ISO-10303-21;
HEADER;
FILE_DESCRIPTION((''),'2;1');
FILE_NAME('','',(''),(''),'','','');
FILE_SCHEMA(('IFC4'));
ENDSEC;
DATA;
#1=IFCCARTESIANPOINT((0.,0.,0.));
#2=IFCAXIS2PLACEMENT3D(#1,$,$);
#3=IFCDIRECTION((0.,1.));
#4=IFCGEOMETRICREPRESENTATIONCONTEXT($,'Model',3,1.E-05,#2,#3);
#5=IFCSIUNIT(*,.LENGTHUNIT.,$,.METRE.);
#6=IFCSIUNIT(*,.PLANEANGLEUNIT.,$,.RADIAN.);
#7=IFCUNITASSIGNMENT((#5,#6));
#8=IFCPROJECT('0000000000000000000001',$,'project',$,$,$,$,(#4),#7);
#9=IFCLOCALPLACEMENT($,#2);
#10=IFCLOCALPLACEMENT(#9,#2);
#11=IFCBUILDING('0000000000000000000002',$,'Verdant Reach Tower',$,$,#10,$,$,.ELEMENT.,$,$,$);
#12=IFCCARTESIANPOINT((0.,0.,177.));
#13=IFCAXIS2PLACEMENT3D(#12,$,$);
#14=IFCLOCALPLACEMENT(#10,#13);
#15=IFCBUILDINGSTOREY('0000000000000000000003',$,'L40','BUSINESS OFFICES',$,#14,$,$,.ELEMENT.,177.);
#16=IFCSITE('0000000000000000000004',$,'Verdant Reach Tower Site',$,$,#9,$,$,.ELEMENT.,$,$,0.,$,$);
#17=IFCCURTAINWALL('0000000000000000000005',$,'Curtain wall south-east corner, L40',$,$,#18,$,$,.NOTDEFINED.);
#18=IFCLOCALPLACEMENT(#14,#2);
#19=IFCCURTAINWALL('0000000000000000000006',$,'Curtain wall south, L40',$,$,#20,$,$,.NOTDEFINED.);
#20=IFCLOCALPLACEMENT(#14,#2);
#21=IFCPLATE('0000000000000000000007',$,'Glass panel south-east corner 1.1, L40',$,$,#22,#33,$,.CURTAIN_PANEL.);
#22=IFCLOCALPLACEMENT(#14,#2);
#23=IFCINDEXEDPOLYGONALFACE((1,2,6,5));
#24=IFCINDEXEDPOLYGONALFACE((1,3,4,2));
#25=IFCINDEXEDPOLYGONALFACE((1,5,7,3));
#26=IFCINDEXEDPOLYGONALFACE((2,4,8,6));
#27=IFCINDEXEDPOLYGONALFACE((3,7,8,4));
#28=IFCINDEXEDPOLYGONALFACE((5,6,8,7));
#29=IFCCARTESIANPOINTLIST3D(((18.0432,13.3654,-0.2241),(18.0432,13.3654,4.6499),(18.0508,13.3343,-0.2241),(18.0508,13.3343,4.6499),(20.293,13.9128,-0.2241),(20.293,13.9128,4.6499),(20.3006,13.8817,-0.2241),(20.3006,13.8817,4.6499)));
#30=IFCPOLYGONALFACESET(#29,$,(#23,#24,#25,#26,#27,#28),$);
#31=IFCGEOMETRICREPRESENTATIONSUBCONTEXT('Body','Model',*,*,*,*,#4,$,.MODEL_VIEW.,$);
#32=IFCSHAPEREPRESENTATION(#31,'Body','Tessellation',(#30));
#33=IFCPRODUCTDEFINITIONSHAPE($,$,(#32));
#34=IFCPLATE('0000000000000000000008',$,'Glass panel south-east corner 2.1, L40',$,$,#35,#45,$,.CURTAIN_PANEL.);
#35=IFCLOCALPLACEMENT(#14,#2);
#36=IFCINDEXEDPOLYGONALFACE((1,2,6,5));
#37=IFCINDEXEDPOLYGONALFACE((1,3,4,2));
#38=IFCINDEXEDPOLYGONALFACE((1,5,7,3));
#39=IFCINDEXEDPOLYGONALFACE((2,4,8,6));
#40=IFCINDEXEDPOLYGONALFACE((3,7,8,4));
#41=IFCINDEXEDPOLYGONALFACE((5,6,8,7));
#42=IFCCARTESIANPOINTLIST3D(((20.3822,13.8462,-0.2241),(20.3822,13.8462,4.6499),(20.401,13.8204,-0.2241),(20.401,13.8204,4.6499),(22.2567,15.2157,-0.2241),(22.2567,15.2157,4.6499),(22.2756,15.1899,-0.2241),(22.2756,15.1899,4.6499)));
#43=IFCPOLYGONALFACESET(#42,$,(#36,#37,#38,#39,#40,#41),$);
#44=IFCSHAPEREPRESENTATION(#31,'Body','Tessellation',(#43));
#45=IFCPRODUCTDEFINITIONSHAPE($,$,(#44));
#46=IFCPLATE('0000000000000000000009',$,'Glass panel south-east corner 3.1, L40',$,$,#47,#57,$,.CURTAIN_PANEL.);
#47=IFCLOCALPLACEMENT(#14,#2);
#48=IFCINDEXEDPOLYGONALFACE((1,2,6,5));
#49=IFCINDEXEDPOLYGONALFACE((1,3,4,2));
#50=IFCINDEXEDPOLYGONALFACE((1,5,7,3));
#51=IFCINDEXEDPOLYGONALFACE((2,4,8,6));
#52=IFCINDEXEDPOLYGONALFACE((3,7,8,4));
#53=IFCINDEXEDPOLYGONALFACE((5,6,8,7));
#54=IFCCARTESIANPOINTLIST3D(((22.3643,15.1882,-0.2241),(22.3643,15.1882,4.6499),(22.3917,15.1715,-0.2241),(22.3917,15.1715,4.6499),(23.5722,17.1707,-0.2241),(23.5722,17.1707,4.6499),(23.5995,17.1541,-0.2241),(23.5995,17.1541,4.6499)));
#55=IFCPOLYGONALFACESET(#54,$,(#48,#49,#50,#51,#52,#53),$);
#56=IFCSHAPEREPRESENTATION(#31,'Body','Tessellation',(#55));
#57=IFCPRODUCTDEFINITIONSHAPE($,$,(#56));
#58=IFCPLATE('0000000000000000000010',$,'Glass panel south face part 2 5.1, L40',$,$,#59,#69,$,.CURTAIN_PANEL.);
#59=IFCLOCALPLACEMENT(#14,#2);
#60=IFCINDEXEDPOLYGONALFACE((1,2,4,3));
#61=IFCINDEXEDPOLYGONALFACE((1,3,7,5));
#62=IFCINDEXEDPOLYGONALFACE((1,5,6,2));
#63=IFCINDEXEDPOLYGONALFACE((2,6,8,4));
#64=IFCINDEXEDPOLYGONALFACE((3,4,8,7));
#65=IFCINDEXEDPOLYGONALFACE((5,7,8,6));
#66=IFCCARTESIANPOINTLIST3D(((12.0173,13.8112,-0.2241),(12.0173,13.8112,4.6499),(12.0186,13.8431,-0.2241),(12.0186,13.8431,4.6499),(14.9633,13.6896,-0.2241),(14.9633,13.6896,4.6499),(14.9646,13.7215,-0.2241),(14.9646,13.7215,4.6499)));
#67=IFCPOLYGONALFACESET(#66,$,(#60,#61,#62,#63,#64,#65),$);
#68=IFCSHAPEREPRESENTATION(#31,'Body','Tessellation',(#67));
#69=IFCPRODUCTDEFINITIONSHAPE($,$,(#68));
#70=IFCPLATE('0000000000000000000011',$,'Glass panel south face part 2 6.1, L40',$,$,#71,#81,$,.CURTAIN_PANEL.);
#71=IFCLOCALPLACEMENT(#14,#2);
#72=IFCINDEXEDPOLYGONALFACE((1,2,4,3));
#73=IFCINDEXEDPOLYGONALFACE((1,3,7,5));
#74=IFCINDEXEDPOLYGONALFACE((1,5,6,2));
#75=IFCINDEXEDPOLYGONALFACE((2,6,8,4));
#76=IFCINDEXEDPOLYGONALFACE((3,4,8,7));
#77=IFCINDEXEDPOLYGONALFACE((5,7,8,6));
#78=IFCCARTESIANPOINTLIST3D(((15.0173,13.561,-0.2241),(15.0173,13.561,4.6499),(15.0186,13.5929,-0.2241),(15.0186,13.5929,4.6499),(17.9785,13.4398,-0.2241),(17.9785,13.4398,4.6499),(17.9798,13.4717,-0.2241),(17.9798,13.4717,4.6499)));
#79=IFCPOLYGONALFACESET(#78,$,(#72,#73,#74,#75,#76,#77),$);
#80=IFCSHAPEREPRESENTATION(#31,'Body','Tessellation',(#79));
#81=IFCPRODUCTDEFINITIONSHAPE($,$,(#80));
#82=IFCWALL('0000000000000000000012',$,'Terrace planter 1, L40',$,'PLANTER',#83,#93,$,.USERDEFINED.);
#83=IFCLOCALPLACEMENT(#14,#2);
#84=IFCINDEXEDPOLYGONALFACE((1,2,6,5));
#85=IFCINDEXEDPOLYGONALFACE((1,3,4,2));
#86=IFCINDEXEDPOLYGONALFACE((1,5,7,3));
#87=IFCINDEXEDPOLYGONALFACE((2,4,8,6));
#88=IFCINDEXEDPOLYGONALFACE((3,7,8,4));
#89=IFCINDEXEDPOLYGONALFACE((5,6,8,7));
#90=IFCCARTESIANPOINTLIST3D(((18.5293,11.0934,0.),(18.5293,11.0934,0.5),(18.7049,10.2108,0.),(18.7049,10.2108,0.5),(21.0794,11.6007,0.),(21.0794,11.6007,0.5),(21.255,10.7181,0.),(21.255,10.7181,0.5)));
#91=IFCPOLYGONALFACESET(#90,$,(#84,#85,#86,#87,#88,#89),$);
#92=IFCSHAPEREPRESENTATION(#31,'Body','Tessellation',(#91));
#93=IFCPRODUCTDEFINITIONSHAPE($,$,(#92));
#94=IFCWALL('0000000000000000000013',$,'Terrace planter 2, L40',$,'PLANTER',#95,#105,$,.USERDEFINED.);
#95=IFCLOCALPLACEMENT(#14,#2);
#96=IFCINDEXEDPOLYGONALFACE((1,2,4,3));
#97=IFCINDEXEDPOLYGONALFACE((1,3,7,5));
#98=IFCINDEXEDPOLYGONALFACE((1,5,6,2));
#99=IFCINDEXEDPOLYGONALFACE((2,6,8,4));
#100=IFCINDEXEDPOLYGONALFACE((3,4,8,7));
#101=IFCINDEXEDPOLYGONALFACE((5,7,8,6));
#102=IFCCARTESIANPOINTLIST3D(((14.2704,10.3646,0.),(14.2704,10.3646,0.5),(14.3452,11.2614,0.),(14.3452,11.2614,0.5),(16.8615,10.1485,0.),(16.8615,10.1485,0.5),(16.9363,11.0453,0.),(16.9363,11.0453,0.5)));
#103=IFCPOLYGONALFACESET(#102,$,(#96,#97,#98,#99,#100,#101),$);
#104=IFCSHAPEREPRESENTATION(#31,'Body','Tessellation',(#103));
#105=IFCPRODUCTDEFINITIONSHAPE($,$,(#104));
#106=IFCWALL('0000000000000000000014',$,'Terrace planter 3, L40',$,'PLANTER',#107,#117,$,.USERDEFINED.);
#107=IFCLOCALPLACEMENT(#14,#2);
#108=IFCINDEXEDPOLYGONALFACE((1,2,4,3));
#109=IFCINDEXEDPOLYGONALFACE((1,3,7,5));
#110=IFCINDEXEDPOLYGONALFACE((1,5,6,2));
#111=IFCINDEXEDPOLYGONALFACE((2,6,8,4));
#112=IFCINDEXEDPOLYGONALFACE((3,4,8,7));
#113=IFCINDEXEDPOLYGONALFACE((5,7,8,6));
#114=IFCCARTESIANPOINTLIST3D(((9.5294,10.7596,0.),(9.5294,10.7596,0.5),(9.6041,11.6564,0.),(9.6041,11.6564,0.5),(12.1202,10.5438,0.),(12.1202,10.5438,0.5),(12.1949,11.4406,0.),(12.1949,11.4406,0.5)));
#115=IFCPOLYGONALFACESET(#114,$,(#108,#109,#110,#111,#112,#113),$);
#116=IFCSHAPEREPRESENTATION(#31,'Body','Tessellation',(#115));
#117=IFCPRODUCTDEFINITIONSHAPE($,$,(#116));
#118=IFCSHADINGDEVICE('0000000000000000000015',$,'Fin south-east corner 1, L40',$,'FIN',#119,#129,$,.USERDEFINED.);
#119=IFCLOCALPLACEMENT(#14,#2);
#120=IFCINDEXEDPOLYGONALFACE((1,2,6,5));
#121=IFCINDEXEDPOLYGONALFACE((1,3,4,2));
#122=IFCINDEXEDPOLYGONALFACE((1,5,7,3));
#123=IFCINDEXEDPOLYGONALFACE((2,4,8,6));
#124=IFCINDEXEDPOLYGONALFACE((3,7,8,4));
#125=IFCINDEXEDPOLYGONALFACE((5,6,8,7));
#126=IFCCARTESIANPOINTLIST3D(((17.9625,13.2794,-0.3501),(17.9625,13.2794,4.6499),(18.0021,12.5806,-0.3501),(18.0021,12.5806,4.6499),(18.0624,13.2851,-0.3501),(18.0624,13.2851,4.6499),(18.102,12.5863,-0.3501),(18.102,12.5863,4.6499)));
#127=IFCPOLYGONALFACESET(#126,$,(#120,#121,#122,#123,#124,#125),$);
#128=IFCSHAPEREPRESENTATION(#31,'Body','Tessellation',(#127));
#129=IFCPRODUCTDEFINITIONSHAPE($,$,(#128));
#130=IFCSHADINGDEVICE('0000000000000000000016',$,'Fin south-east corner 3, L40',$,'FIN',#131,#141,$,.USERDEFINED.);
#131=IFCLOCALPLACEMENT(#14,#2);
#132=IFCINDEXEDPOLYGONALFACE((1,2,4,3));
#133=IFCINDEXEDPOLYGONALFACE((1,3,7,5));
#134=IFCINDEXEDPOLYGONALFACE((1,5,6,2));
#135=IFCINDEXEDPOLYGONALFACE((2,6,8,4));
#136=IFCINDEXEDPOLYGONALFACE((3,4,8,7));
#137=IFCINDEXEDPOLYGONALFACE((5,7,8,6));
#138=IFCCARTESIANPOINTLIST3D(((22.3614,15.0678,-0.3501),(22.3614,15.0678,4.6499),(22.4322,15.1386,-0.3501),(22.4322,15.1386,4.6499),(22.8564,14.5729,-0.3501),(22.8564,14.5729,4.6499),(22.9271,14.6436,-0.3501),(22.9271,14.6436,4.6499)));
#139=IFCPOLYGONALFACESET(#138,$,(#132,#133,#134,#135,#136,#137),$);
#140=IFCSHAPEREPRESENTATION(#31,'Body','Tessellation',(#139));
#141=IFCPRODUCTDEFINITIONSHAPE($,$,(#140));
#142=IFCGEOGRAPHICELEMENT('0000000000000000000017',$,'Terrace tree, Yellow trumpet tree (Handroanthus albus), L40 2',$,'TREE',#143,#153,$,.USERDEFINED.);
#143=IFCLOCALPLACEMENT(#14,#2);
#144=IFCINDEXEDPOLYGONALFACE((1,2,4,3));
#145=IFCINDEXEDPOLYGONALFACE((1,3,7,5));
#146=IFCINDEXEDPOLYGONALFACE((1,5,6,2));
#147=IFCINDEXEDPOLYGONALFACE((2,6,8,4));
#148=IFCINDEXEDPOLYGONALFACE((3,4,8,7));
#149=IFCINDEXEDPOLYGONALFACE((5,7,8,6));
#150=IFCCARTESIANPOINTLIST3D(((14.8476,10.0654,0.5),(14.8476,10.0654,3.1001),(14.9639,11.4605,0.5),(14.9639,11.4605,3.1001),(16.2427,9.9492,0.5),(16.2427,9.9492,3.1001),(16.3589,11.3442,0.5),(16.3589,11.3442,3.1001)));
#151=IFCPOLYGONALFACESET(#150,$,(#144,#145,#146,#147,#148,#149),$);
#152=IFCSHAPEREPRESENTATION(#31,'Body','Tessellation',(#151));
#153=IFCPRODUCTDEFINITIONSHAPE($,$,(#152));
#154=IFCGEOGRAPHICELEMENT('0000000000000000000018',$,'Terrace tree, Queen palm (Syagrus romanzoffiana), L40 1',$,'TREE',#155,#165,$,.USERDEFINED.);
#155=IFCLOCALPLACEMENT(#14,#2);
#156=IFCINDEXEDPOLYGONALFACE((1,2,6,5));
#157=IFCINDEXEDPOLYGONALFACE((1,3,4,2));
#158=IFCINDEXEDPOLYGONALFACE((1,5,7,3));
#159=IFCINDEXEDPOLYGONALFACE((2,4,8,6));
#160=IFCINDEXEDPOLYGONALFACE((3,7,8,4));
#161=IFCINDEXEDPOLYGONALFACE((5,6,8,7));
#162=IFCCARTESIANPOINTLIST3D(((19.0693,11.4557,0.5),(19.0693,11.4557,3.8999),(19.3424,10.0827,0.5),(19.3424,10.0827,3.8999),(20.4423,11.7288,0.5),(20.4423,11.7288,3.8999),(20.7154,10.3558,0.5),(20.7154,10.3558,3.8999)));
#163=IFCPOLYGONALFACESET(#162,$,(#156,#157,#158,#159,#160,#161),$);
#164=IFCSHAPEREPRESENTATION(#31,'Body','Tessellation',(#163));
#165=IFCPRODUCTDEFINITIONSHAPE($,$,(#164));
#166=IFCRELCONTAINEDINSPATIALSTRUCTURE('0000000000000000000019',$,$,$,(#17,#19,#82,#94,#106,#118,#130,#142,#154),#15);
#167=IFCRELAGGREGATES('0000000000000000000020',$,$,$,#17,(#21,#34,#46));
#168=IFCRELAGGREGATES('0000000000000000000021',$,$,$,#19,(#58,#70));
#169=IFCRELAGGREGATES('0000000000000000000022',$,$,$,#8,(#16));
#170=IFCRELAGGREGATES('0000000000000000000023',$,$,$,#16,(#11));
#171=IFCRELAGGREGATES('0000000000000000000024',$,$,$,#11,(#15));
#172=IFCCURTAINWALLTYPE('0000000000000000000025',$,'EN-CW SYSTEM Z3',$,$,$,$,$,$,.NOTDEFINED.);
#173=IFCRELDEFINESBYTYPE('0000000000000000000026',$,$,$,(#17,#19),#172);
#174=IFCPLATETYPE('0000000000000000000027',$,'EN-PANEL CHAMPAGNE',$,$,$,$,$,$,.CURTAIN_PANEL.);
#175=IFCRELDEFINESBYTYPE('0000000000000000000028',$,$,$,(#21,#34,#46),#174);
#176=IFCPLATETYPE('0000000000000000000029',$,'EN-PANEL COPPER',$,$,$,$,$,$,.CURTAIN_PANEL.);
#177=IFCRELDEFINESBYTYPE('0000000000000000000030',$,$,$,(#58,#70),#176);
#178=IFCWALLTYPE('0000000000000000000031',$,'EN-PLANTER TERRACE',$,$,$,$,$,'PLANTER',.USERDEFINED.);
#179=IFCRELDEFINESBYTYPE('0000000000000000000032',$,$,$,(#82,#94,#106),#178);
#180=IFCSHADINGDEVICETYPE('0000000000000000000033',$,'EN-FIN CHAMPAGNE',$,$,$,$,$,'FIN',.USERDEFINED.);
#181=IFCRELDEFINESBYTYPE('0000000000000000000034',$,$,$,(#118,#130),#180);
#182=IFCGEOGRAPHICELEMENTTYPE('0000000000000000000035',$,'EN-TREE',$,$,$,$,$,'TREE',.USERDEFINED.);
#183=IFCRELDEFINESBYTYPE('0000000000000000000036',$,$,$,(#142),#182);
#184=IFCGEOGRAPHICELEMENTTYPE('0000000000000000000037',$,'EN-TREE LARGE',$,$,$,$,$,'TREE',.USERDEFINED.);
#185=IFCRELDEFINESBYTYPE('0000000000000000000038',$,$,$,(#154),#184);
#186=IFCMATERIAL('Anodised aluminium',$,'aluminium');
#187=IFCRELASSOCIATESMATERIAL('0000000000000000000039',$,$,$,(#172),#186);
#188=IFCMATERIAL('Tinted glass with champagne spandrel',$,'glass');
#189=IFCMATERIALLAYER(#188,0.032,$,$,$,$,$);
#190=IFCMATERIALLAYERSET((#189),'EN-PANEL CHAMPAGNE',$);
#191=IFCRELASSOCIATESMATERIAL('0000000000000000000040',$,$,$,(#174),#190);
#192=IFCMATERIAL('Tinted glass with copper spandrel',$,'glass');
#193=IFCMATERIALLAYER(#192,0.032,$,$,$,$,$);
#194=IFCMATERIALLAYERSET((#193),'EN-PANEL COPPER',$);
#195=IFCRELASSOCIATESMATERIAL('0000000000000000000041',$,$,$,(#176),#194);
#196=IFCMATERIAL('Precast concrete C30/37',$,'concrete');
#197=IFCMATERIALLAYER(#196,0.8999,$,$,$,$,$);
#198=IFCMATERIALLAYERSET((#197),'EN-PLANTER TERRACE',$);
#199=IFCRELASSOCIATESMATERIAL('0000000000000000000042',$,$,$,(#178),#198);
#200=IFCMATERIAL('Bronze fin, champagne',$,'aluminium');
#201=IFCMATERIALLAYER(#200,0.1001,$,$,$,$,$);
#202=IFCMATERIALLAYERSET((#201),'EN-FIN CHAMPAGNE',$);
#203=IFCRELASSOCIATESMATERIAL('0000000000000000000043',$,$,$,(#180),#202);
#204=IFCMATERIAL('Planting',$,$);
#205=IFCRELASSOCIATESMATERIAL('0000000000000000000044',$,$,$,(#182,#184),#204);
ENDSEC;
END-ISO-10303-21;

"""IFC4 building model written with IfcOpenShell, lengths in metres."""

from ifc_helpers import new_model, si_unit, direction, frame, frame_2d, origin, origin_2d, place, context, subcontext, project, spatial, rectangle, extrude, material, layer, layer_set, type_object, element, aggregate, save


model = new_model("IFC4")

# Units and contexts
model_context = context("Model", 3, precision=1e-05, world=origin(), true_north=direction((0.0, 1.0)))
body_context = subcontext(model_context, "Body", "Model", "MODEL_VIEW")
ifc_project = project(units=[si_unit("LENGTHUNIT", "METRE"), si_unit("PLANEANGLEUNIT", "RADIAN")], contexts=[model_context])

# Site, building, storey
site_placement = place(None, origin())
site = spatial("IfcSite", under=ifc_project, at=site_placement, Name="Verdant Reach Tower Site", CompositionType="ELEMENT", RefElevation=0.0)
building_placement = place(site_placement, origin())
building = spatial("IfcBuilding", under=site, at=building_placement, Name="Verdant Reach Tower", CompositionType="ELEMENT")
storey_placement = place(building_placement, frame((0.0, 0.0, 177.0)))
storey = spatial("IfcBuildingStorey", under=building, at=storey_placement, Name="L40", Description="BUSINESS OFFICES", CompositionType="ELEMENT", Elevation=177.0)

# Curtain wall
ifc_material_1 = material(Name="Anodised aluminium", Category="aluminium")
curtain_wall_type = type_object("IfcCurtainWallType", Name="EN-CW SYSTEM Z3", PredefinedType="NOTDEFINED", material=ifc_material_1)
curtain_wall_1_placement = place(storey_placement, origin())
curtain_wall_1 = element("IfcCurtainWall", 1, at=curtain_wall_1_placement, inside=storey, type_object=curtain_wall_type, Name="Curtain wall south-east corner, L40", PredefinedType="NOTDEFINED")

# Curtain wall
curtain_wall_2_placement = place(storey_placement, origin())
curtain_wall_2 = element("IfcCurtainWall", 2, at=curtain_wall_2_placement, inside=storey, type_object=curtain_wall_type, Name="Curtain wall south, L40", PredefinedType="NOTDEFINED")

# Plates
ifc_material_2 = material(Name="Tinted glass with champagne spandrel", Category="glass")
ifc_layer_1 = layer(ifc_material_2, 0.032)
ifc_layer_set_1 = layer_set([ifc_layer_1], Name="EN-PANEL CHAMPAGNE")
plate_type_1 = type_object("IfcPlateType", Name="EN-PANEL CHAMPAGNE", PredefinedType="CURTAIN_PANEL", material=ifc_layer_set_1)
plate_1_placement = place(storey_placement, frame((19.1719, 13.6235, -0.2241), z_axis=(0.0, 0.0, 1.0), x_axis=(0.971655, 0.236403, 0.0)))
plate_1 = element("IfcPlate", 3, at=plate_1_placement, type_object=plate_type_1, Name="Glass panel south-east corner 1.1, L40", PredefinedType="CURTAIN_PANEL", context=body_context, shape_type="SweptSolid", body=[
    extrude(rectangle(XDim=2.3154, YDim=0.032, at=origin_2d()), origin(), (0.0, 0.0, 1.0), 4.874),
])
plate_2_placement = place(storey_placement, frame((21.3289, 14.5181, -0.2241), z_axis=(0.0, 0.0, 1.0), x_axis=(0.807457, 0.589927, 0.0)))
plate_2 = element("IfcPlate", 4, at=plate_2_placement, type_object=plate_type_1, Name="Glass panel south-east corner 2.1, L40", PredefinedType="CURTAIN_PANEL", context=body_context, shape_type="SweptSolid", body=[
    extrude(rectangle(XDim=2.3215, YDim=0.032, at=origin_2d()), origin(), (0.0, 0.0, 1.0), 4.874),
])
plate_3_placement = place(storey_placement, frame((22.9819, 16.1711, -0.2241), z_axis=(0.0, 0.0, 1.0), x_axis=(0.520292, 0.853989, 0.0)))
plate_3 = element("IfcPlate", 5, at=plate_3_placement, type_object=plate_type_1, Name="Glass panel south-east corner 3.1, L40", PredefinedType="CURTAIN_PANEL", context=body_context, shape_type="SweptSolid", body=[
    extrude(rectangle(XDim=2.3215, YDim=0.032, at=origin_2d()), origin(), (0.0, 0.0, 1.0), 4.874),
])
aggregate(curtain_wall_1, [plate_1, plate_2, plate_3])
ifc_material_3 = material(Name="Tinted glass with copper spandrel", Category="glass")
ifc_layer_2 = layer(ifc_material_3, 0.032)
ifc_layer_set_2 = layer_set([ifc_layer_2], Name="EN-PANEL COPPER")
plate_type_2 = type_object("IfcPlateType", Name="EN-PANEL COPPER", PredefinedType="CURTAIN_PANEL", material=ifc_layer_set_2)
plate_4_placement = place(storey_placement, frame((13.491, 13.7664, -0.2241), z_axis=(0.0, 0.0, 1.0), x_axis=(0.999149, -0.041242, 0.0)))
plate_4 = element("IfcPlate", 6, at=plate_4_placement, type_object=plate_type_2, Name="Glass panel south face part 2 5.1, L40", PredefinedType="CURTAIN_PANEL", context=body_context, shape_type="SweptSolid", body=[
    extrude(rectangle(XDim=2.9485, YDim=0.032, at=origin_2d()), origin(), (0.0, 0.0, 1.0), 4.874),
])
plate_5_placement = place(storey_placement, frame((16.4985, 13.5164, -0.2241), z_axis=(0.0, 0.0, 1.0), x_axis=(0.999164, -0.040891, 0.0)))
plate_5 = element("IfcPlate", 7, at=plate_5_placement, type_object=plate_type_2, Name="Glass panel south face part 2 6.1, L40", PredefinedType="CURTAIN_PANEL", context=body_context, shape_type="SweptSolid", body=[
    extrude(rectangle(XDim=2.9636, YDim=0.032, at=origin_2d()), origin(), (0.0, 0.0, 1.0), 4.874),
])
aggregate(curtain_wall_2, [plate_4, plate_5])

# Walls
ifc_material_4 = material(Name="Precast concrete C30/37", Category="concrete")
ifc_layer_3 = layer(ifc_material_4, 0.8999)
ifc_layer_set_3 = layer_set([ifc_layer_3], Name="EN-PLANTER TERRACE")
wall_type = type_object("IfcWallType", Name="EN-PLANTER TERRACE", ElementType="PLANTER", PredefinedType="USERDEFINED", material=ifc_layer_set_3)
for number, where, z_axis, x_axis, name in (
    (8, (21.1672, 11.1594, 0.0), (0.0, 0.0, 1.0), (-0.980779, -0.195123, 0.0), "Terrace planter 1, L40"),
    (9, (16.8989, 10.5969, 0.0), (0.0, 0.0, 1.0), (-0.996541, 0.0831, 0.0), "Terrace planter 2, L40"),
):
    element("IfcWall", number, at=place(storey_placement, frame(where, z_axis=z_axis, x_axis=x_axis)), inside=storey, type_object=wall_type, Name=name, ObjectType="PLANTER", PredefinedType="USERDEFINED", context=body_context, shape_type="SweptSolid", body=[
        extrude(rectangle(XDim=2.6001, YDim=0.8999, at=frame_2d((1.3, 0.0))), origin(), (0.0, 0.0, 1.0), 0.5),
    ])
wall_placement = place(storey_placement, frame((12.1575, 10.9922, 0.0), z_axis=(0.0, 0.0, 1.0), x_axis=(-0.996548, 0.083014, 0.0)))
element("IfcWall", 10, at=wall_placement, inside=storey, type_object=wall_type, Name="Terrace planter 3, L40", ObjectType="PLANTER", PredefinedType="USERDEFINED", context=body_context, shape_type="SweptSolid", body=[
    extrude(rectangle(XDim=2.5999, YDim=0.8999, at=frame_2d((1.2998, 0.0))), origin(), (0.0, 0.0, 1.0), 0.5),
])

# Shading devices
ifc_material_5 = material(Name="Bronze fin, champagne", Category="aluminium")
ifc_layer_4 = layer(ifc_material_5, 0.1001)
ifc_layer_set_4 = layer_set([ifc_layer_4], Name="EN-FIN CHAMPAGNE")
shading_device_type = type_object("IfcShadingDeviceType", Name="EN-FIN CHAMPAGNE", ElementType="FIN", PredefinedType="USERDEFINED", material=ifc_layer_set_4)
for number, where, z_axis, x_axis, name in (
    (11, (18.0322, 12.9329, -0.3501), (0.0, 0.0, 1.0), (0.998399, 0.056569, 0.0), "Fin south-east corner 1, L40"),
    (12, (22.6443, 14.8557, -0.3501), (0.0, 0.0, 1.0), (0.707107, 0.707107, 0.0), "Fin south-east corner 3, L40"),
):
    element("IfcShadingDevice", number, at=place(storey_placement, frame(where, z_axis=z_axis, x_axis=x_axis)), inside=storey, type_object=shading_device_type, Name=name, ObjectType="FIN", PredefinedType="USERDEFINED", context=body_context, shape_type="SweptSolid", body=[
        extrude(rectangle(XDim=0.1001, YDim=0.7, at=origin_2d()), origin(), (0.0, 0.0, 1.0), 5.0),
    ])

# Geographic elements
ifc_material_6 = material(Name="Planting")
geographic_element_type_1 = type_object("IfcGeographicElementType", Name="EN-TREE", ElementType="TREE", PredefinedType="USERDEFINED", material=ifc_material_6)
geographic_element_1_placement = place(storey_placement, frame((15.6033, 10.7048, 0.5), z_axis=(0.0, 0.0, 1.0), x_axis=(-0.996546, 0.083045, 0.0)))
element("IfcGeographicElement", 13, at=geographic_element_1_placement, inside=storey, type_object=geographic_element_type_1, Name="Terrace tree, Yellow trumpet tree (Handroanthus albus), L40 2", ObjectType="TREE", PredefinedType="USERDEFINED", context=body_context, shape_type="SweptSolid", body=[
    extrude(rectangle(XDim=1.3999, YDim=1.3999, at=origin_2d()), origin(), (0.0, 0.0, 1.0), 2.6001),
])
geographic_element_type_2 = type_object("IfcGeographicElementType", Name="EN-TREE LARGE", ElementType="TREE", PredefinedType="USERDEFINED", material=ifc_material_6)
geographic_element_2_placement = place(storey_placement, frame((19.8923, 10.9058, 0.5), z_axis=(0.0, 0.0, 1.0), x_axis=(-0.980787, -0.195081, 0.0)))
element("IfcGeographicElement", 14, at=geographic_element_2_placement, inside=storey, type_object=geographic_element_type_2, Name="Terrace tree, Queen palm (Syagrus romanzoffiana), L40 1", ObjectType="TREE", PredefinedType="USERDEFINED", context=body_context, shape_type="SweptSolid", body=[
    extrude(rectangle(XDim=1.3999, YDim=1.3999, at=origin_2d()), origin(), (0.0, 0.0, 1.0), 3.3999),
])

save(model, "model.ifc")
